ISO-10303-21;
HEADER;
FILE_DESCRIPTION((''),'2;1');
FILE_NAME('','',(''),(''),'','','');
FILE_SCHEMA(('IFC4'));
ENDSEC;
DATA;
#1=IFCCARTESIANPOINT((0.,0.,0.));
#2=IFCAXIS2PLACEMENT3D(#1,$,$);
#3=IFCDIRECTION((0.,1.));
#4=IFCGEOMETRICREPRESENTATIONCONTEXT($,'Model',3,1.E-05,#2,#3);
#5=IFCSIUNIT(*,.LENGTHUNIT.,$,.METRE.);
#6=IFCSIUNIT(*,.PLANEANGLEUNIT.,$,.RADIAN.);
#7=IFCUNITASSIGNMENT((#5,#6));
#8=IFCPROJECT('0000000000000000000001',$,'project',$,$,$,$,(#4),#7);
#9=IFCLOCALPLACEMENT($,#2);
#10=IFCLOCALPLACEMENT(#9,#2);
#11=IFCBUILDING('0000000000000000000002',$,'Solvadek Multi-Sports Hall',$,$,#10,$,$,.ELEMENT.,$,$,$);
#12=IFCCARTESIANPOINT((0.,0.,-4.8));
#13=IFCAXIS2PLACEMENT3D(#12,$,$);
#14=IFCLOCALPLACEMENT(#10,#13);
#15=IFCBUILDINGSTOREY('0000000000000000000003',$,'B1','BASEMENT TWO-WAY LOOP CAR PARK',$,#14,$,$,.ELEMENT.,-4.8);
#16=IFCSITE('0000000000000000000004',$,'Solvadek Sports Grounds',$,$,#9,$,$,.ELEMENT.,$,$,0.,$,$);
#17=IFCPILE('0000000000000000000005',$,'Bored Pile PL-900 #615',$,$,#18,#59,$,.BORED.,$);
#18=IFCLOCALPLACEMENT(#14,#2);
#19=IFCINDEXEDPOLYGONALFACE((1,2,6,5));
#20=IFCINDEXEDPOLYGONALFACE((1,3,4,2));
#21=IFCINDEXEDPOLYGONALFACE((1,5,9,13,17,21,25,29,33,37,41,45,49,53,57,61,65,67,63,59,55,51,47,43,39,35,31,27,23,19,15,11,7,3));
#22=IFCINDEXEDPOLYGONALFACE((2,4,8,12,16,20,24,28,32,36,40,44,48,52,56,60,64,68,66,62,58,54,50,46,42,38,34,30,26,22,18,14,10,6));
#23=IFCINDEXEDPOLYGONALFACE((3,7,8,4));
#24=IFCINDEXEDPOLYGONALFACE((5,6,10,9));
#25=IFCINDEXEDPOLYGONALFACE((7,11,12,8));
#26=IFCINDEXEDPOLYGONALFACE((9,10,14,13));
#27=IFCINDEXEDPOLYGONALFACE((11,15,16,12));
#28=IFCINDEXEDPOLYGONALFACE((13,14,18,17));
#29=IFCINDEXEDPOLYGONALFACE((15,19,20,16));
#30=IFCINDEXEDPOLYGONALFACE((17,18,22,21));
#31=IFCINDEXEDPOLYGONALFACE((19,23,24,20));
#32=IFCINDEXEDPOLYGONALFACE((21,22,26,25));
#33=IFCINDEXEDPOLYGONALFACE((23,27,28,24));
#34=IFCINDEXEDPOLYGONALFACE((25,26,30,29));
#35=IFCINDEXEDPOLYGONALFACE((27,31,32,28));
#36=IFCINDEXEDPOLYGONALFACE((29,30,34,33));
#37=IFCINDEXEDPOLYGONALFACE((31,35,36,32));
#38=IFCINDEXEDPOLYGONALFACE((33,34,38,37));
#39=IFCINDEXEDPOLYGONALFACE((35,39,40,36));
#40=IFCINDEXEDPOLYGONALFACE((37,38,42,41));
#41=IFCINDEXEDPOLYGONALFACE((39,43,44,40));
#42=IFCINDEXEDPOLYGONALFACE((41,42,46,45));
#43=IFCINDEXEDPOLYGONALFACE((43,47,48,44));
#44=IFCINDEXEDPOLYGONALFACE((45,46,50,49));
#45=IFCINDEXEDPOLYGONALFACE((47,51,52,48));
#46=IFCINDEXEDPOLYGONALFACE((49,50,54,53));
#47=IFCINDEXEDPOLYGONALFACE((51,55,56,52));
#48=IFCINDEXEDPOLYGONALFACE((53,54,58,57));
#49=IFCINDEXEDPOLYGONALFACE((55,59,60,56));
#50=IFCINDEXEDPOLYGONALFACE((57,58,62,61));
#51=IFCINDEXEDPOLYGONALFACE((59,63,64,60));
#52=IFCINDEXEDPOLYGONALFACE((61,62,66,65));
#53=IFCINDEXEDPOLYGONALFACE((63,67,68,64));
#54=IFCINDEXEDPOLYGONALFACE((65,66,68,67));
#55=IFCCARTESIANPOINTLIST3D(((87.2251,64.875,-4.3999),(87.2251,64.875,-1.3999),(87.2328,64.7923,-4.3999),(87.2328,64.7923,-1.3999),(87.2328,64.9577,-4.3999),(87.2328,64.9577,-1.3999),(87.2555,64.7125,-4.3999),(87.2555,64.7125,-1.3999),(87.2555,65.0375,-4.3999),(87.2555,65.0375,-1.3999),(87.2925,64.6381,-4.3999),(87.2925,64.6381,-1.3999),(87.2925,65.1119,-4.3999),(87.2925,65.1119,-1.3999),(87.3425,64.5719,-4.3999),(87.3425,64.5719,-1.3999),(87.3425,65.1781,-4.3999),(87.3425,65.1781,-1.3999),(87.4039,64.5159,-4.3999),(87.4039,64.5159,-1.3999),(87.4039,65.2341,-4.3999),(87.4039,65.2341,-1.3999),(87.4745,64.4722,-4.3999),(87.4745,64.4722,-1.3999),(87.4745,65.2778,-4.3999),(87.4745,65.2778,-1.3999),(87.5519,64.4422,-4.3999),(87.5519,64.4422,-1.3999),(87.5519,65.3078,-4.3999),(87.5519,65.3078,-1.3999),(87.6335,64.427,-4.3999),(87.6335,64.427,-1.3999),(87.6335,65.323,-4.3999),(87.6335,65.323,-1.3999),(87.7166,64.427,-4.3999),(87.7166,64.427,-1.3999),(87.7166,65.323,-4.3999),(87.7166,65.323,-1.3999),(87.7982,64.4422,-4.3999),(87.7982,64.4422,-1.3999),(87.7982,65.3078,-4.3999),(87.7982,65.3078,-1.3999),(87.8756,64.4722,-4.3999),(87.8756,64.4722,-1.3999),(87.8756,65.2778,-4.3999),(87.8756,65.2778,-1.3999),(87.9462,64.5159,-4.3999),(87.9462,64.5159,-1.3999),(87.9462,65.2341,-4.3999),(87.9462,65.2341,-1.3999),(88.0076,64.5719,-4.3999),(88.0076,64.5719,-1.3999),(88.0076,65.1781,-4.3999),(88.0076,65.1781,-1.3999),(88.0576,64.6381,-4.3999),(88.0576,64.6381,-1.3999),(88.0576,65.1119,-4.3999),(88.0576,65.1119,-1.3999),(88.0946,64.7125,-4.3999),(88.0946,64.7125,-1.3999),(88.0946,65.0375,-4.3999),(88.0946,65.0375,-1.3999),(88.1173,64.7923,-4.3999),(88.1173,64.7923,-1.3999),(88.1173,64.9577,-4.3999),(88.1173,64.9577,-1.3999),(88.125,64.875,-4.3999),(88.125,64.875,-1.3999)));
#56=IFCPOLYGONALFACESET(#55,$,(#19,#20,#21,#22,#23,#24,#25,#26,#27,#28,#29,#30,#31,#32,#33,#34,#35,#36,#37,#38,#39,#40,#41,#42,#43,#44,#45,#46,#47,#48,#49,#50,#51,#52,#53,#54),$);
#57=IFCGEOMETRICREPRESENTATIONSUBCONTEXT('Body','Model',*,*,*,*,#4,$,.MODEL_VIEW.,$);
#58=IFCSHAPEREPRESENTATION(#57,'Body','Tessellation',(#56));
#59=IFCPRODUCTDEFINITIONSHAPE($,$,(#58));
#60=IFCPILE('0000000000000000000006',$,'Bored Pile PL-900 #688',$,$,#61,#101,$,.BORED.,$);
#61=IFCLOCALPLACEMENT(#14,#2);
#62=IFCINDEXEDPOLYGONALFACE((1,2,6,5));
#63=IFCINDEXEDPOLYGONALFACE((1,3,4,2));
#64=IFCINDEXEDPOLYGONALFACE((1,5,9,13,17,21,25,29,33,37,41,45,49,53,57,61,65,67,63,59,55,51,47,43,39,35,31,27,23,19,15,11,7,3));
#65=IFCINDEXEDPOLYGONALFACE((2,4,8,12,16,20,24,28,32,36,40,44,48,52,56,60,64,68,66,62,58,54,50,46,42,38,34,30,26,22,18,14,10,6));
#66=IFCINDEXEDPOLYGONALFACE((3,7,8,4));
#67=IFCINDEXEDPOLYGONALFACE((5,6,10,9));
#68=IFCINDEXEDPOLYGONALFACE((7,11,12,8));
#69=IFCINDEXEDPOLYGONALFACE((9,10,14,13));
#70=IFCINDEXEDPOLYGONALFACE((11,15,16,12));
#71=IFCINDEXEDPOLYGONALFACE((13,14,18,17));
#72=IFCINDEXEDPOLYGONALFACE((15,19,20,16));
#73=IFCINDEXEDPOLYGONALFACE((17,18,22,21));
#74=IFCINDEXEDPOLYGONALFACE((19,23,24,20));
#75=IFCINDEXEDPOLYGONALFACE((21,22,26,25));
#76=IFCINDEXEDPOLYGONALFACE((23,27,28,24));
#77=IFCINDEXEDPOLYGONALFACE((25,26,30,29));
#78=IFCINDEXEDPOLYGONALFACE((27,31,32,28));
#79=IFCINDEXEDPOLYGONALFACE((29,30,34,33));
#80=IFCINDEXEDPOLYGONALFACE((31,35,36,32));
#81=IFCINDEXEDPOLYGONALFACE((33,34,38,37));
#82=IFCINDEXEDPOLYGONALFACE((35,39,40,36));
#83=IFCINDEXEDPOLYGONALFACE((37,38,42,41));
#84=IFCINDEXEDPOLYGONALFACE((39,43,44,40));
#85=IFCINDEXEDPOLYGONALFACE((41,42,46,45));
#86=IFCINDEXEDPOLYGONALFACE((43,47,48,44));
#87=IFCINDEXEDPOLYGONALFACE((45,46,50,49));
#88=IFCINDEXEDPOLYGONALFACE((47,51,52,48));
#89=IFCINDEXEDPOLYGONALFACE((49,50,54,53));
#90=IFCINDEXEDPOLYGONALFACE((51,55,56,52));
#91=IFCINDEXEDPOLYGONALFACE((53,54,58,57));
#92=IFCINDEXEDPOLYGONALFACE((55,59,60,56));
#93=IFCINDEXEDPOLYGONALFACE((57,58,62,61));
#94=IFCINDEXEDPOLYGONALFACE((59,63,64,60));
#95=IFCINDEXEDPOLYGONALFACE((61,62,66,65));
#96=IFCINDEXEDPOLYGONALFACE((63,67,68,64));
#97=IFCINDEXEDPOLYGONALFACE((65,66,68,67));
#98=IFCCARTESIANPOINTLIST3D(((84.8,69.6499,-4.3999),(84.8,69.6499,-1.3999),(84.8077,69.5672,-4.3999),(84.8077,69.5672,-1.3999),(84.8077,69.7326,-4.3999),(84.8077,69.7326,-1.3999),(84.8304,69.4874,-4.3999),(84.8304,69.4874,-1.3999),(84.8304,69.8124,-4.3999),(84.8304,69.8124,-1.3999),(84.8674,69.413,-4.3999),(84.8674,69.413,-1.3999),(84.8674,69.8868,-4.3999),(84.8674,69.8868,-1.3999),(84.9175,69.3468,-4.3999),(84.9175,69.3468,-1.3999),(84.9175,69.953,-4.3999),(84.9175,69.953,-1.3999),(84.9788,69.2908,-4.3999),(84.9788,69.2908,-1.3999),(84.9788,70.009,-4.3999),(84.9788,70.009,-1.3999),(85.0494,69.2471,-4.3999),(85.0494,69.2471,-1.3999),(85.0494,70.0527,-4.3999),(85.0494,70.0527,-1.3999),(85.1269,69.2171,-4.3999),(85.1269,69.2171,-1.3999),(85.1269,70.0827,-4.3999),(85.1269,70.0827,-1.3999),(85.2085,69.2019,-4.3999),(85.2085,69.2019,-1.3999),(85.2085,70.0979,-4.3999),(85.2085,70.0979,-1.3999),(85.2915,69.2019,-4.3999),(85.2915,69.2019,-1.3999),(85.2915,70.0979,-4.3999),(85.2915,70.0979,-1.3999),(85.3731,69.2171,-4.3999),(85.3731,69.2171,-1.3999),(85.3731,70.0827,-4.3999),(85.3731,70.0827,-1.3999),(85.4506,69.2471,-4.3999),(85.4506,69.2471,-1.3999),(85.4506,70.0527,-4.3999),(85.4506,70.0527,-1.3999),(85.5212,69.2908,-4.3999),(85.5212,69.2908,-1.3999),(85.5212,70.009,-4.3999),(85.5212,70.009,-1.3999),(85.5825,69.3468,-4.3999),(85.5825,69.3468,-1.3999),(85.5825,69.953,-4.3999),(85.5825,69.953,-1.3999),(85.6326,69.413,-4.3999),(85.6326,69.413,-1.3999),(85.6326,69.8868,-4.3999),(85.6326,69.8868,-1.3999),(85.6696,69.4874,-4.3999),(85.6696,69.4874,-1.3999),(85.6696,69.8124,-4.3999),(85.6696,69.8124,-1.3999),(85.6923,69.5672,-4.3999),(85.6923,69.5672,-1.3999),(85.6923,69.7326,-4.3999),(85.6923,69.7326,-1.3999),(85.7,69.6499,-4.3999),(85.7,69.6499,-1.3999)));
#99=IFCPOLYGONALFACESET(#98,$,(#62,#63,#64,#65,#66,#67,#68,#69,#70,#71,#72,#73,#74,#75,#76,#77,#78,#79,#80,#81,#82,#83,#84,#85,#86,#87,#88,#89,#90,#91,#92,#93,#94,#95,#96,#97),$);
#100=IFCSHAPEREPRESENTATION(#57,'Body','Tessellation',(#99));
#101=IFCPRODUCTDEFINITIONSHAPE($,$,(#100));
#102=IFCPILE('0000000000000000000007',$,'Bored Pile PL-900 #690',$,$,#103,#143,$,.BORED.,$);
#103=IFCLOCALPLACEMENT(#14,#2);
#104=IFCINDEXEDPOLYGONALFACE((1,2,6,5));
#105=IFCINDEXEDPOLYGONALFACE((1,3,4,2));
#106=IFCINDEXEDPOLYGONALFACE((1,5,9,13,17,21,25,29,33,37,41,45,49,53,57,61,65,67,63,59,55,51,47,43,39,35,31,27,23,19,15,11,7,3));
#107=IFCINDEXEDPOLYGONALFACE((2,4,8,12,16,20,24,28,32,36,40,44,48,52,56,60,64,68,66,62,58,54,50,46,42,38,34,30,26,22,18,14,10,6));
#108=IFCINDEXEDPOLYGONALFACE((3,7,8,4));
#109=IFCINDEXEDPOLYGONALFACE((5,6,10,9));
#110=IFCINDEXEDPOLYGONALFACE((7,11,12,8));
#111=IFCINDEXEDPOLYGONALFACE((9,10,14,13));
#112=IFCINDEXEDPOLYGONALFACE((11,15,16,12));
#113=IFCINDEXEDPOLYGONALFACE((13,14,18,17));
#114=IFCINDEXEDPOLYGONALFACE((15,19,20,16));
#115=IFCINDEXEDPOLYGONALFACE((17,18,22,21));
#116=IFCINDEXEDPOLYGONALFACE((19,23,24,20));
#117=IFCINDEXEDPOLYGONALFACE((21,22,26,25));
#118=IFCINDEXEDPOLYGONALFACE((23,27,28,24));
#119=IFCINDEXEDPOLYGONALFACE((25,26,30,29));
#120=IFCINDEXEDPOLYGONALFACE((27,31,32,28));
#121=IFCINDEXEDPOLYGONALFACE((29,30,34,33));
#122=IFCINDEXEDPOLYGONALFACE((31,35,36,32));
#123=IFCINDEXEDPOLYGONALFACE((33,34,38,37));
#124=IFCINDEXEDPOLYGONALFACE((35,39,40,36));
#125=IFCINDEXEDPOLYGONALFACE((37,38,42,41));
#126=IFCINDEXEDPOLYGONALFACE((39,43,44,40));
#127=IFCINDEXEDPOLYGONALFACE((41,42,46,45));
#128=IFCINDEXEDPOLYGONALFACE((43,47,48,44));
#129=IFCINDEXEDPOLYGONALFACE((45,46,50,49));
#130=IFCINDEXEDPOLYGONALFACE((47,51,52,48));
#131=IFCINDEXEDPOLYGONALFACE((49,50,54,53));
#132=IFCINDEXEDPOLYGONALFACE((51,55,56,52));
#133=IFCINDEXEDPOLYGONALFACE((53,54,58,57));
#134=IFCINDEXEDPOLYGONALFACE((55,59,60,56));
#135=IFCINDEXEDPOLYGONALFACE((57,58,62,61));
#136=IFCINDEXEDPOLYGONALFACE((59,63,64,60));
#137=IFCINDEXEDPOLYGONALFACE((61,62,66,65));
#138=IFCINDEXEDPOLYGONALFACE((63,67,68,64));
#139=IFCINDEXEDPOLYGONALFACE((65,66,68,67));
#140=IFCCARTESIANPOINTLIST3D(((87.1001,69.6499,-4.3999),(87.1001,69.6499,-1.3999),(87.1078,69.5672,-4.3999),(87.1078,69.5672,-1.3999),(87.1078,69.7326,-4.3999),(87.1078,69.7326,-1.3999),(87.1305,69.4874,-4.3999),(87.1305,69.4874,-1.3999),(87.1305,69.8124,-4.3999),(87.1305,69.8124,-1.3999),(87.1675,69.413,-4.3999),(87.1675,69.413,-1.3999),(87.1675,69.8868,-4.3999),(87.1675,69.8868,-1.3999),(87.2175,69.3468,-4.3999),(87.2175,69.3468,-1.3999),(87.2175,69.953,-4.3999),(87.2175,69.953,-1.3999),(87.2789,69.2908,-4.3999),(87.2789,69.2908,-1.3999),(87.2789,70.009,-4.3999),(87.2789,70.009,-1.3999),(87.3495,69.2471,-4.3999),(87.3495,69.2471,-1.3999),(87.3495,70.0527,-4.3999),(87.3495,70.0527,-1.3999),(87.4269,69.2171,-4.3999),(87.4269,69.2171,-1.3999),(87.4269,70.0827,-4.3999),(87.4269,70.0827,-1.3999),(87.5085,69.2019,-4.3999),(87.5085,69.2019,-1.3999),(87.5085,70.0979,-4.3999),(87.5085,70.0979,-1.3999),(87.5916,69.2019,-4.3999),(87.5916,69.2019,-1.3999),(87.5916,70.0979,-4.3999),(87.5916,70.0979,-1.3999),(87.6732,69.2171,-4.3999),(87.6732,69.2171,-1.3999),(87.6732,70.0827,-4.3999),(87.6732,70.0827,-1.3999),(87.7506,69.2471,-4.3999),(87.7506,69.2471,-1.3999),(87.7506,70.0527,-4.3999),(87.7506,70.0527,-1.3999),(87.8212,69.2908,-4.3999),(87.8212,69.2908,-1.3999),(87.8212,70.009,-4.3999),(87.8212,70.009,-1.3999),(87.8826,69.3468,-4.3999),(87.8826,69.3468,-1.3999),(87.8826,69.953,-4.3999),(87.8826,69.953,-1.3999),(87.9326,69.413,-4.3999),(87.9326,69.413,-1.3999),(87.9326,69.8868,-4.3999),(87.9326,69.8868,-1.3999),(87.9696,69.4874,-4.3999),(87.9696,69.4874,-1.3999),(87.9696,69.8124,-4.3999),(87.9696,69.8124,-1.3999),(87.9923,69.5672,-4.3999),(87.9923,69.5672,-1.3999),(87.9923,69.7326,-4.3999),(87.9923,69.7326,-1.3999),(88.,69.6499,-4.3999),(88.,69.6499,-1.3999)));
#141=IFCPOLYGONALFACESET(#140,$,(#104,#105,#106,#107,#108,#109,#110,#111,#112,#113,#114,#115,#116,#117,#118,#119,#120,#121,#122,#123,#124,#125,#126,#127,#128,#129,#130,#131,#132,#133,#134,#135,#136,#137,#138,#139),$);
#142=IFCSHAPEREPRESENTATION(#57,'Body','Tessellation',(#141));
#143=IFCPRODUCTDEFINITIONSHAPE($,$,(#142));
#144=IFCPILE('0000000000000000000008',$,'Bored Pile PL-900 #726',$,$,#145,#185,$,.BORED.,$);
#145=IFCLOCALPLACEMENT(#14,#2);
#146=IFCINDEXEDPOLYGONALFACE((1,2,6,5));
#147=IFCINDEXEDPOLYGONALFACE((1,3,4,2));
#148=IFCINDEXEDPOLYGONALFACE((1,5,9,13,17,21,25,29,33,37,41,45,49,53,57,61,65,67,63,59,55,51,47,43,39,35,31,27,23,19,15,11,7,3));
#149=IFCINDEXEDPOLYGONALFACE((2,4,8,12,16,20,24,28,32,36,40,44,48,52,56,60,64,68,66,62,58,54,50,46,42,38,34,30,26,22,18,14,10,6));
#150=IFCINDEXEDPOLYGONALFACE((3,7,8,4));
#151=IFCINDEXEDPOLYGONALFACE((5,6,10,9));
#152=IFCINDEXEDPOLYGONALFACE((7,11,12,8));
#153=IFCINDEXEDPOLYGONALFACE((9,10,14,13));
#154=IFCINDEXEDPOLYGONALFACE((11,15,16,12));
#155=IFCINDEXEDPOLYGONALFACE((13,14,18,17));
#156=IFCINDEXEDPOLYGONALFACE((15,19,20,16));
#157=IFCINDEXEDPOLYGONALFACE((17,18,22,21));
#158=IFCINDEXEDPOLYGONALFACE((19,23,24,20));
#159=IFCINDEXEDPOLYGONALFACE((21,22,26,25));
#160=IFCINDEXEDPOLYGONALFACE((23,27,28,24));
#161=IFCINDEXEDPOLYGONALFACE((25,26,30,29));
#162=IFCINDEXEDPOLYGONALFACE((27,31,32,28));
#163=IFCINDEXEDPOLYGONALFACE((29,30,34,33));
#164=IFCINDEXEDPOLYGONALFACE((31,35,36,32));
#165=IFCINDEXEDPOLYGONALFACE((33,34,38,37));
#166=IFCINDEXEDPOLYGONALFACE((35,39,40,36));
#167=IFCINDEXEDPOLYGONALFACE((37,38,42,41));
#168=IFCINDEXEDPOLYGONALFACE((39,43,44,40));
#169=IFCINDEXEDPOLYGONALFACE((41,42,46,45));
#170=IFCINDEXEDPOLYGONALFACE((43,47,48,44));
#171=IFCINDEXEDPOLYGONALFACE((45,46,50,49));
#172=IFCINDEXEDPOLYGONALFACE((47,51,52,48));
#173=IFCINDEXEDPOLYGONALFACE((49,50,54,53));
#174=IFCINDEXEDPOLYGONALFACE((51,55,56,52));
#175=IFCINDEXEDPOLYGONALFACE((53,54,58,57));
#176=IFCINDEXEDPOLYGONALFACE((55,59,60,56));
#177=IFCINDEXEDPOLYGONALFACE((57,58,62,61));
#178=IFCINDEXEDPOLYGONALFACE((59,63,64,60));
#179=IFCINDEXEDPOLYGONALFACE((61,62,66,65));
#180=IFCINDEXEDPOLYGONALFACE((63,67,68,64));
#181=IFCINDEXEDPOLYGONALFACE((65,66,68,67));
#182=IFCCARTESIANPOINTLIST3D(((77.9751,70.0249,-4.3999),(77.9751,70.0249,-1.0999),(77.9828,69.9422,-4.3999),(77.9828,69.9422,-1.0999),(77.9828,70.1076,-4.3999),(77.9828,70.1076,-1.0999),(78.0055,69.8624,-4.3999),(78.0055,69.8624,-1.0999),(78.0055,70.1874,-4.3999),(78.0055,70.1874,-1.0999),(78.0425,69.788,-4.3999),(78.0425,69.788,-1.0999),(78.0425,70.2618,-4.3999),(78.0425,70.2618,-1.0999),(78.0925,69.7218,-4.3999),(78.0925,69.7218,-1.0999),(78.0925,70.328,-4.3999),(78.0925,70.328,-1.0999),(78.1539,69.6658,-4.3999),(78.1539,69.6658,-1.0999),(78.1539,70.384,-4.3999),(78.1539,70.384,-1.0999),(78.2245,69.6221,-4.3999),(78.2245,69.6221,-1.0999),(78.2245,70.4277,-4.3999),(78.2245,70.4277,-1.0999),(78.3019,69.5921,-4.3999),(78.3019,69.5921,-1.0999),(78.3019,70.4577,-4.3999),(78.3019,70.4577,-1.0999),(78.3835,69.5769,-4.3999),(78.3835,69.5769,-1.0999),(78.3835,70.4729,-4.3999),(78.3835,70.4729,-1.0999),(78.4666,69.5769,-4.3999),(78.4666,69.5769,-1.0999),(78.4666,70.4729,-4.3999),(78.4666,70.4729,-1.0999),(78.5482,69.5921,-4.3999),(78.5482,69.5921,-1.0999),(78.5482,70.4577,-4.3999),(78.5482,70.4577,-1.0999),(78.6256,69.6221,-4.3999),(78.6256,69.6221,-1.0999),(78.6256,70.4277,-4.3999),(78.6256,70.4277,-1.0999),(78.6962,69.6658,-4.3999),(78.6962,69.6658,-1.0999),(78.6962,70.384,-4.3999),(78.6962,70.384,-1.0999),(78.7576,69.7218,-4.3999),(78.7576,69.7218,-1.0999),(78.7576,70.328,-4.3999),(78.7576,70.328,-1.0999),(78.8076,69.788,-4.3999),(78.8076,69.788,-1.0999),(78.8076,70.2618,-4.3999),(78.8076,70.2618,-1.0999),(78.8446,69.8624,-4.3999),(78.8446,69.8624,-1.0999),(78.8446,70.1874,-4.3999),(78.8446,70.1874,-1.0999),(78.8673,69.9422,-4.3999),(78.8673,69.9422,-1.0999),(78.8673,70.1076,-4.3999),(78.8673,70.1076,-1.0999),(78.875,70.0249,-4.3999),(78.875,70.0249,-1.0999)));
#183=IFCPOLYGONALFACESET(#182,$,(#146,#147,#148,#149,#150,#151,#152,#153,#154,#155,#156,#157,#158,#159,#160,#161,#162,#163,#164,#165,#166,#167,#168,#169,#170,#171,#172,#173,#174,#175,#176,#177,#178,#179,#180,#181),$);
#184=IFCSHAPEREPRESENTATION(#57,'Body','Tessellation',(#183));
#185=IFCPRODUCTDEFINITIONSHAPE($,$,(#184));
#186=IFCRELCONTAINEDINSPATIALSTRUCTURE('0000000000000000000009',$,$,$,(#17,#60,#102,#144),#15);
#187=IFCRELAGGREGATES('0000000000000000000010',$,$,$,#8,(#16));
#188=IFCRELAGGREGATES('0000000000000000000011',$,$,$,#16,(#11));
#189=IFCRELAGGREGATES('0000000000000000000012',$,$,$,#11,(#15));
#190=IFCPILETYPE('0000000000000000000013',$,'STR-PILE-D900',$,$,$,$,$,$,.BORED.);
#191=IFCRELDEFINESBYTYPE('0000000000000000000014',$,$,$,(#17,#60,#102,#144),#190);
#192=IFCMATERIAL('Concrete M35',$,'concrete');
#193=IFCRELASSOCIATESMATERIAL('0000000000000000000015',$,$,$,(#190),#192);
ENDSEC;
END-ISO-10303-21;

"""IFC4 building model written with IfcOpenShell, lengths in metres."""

from ifc_helpers import new_model, si_unit, direction, frame, origin, origin_2d, place, context, subcontext, project, spatial, circle, extrude, material, material_profile, profile_set, type_object, element, save


model = new_model("IFC4")

# Units and contexts
model_context = context("Model", 3, precision=1e-05, world=origin(), true_north=direction((0.0, 1.0)))
body_context = subcontext(model_context, "Body", "Model", "MODEL_VIEW")
ifc_project = project(units=[si_unit("LENGTHUNIT", "METRE"), si_unit("PLANEANGLEUNIT", "RADIAN")], contexts=[model_context])

# Site, building, storey
site_placement = place(None, origin())
site = spatial("IfcSite", under=ifc_project, at=site_placement, Name="Solvadek Sports Grounds", CompositionType="ELEMENT", RefElevation=0.0)
building_placement = place(site_placement, origin())
building = spatial("IfcBuilding", under=site, at=building_placement, Name="Solvadek Multi-Sports Hall", CompositionType="ELEMENT")
storey_placement = place(building_placement, frame((0.0, 0.0, -4.8)))
storey = spatial("IfcBuildingStorey", under=building, at=storey_placement, Name="B1", Description="BASEMENT TWO-WAY LOOP CAR PARK", CompositionType="ELEMENT", Elevation=-4.8)

# Piles
ifc_material_1 = material(Name="Concrete M35", Category="concrete")
ifc_material_profile_1 = material_profile(ifc_material_1, circle(Radius=0.45, at=origin_2d()), Name="BORED PILE D900")
ifc_profile_set_1 = profile_set([ifc_material_profile_1], Name="Concrete M35")
pile_type_1 = type_object("IfcPileType", Name="STR-PILE-D900", PredefinedType="BORED", material=ifc_profile_set_1)
for number, where, z_axis, x_axis, name in (
    (1, (87.675, 64.875, -1.3999), (0.0, 0.0, -1.0), (1.0, 0.0, 0.0), "Bored Pile PL-900 #615"),
    (2, (85.25, 69.6499, -1.3999), (0.0, 0.0, -1.0), (1.0, 0.0, 0.0), "Bored Pile PL-900 #688"),
    (3, (87.55, 69.6499, -1.3999), (0.0, 0.0, -1.0), (1.0, 0.0, 0.0), "Bored Pile PL-900 #690"),
):
    element("IfcPile", number, at=place(storey_placement, frame(where, z_axis=z_axis, x_axis=x_axis)), inside=storey, type_object=pile_type_1, Name=name, PredefinedType="BORED", context=body_context, shape_type="SweptSolid", body=[
        extrude(circle(Radius=0.45, at=origin_2d()), origin(), (0.0, 0.0, 1.0), 3.0),
    ])
pile_1_placement = place(storey_placement, frame((78.425, 70.0249, -1.0999), z_axis=(0.0, 0.0, -1.0), x_axis=(1.0, 0.0, 0.0)))
element("IfcPile", 4, at=pile_1_placement, inside=storey, type_object=pile_type_1, Name="Bored Pile PL-900 #726", PredefinedType="BORED", context=body_context, shape_type="SweptSolid", body=[
    extrude(circle(Radius=0.45, at=origin_2d()), origin(), (0.0, 0.0, 1.0), 3.3),
])

save(model, "model.ifc")
